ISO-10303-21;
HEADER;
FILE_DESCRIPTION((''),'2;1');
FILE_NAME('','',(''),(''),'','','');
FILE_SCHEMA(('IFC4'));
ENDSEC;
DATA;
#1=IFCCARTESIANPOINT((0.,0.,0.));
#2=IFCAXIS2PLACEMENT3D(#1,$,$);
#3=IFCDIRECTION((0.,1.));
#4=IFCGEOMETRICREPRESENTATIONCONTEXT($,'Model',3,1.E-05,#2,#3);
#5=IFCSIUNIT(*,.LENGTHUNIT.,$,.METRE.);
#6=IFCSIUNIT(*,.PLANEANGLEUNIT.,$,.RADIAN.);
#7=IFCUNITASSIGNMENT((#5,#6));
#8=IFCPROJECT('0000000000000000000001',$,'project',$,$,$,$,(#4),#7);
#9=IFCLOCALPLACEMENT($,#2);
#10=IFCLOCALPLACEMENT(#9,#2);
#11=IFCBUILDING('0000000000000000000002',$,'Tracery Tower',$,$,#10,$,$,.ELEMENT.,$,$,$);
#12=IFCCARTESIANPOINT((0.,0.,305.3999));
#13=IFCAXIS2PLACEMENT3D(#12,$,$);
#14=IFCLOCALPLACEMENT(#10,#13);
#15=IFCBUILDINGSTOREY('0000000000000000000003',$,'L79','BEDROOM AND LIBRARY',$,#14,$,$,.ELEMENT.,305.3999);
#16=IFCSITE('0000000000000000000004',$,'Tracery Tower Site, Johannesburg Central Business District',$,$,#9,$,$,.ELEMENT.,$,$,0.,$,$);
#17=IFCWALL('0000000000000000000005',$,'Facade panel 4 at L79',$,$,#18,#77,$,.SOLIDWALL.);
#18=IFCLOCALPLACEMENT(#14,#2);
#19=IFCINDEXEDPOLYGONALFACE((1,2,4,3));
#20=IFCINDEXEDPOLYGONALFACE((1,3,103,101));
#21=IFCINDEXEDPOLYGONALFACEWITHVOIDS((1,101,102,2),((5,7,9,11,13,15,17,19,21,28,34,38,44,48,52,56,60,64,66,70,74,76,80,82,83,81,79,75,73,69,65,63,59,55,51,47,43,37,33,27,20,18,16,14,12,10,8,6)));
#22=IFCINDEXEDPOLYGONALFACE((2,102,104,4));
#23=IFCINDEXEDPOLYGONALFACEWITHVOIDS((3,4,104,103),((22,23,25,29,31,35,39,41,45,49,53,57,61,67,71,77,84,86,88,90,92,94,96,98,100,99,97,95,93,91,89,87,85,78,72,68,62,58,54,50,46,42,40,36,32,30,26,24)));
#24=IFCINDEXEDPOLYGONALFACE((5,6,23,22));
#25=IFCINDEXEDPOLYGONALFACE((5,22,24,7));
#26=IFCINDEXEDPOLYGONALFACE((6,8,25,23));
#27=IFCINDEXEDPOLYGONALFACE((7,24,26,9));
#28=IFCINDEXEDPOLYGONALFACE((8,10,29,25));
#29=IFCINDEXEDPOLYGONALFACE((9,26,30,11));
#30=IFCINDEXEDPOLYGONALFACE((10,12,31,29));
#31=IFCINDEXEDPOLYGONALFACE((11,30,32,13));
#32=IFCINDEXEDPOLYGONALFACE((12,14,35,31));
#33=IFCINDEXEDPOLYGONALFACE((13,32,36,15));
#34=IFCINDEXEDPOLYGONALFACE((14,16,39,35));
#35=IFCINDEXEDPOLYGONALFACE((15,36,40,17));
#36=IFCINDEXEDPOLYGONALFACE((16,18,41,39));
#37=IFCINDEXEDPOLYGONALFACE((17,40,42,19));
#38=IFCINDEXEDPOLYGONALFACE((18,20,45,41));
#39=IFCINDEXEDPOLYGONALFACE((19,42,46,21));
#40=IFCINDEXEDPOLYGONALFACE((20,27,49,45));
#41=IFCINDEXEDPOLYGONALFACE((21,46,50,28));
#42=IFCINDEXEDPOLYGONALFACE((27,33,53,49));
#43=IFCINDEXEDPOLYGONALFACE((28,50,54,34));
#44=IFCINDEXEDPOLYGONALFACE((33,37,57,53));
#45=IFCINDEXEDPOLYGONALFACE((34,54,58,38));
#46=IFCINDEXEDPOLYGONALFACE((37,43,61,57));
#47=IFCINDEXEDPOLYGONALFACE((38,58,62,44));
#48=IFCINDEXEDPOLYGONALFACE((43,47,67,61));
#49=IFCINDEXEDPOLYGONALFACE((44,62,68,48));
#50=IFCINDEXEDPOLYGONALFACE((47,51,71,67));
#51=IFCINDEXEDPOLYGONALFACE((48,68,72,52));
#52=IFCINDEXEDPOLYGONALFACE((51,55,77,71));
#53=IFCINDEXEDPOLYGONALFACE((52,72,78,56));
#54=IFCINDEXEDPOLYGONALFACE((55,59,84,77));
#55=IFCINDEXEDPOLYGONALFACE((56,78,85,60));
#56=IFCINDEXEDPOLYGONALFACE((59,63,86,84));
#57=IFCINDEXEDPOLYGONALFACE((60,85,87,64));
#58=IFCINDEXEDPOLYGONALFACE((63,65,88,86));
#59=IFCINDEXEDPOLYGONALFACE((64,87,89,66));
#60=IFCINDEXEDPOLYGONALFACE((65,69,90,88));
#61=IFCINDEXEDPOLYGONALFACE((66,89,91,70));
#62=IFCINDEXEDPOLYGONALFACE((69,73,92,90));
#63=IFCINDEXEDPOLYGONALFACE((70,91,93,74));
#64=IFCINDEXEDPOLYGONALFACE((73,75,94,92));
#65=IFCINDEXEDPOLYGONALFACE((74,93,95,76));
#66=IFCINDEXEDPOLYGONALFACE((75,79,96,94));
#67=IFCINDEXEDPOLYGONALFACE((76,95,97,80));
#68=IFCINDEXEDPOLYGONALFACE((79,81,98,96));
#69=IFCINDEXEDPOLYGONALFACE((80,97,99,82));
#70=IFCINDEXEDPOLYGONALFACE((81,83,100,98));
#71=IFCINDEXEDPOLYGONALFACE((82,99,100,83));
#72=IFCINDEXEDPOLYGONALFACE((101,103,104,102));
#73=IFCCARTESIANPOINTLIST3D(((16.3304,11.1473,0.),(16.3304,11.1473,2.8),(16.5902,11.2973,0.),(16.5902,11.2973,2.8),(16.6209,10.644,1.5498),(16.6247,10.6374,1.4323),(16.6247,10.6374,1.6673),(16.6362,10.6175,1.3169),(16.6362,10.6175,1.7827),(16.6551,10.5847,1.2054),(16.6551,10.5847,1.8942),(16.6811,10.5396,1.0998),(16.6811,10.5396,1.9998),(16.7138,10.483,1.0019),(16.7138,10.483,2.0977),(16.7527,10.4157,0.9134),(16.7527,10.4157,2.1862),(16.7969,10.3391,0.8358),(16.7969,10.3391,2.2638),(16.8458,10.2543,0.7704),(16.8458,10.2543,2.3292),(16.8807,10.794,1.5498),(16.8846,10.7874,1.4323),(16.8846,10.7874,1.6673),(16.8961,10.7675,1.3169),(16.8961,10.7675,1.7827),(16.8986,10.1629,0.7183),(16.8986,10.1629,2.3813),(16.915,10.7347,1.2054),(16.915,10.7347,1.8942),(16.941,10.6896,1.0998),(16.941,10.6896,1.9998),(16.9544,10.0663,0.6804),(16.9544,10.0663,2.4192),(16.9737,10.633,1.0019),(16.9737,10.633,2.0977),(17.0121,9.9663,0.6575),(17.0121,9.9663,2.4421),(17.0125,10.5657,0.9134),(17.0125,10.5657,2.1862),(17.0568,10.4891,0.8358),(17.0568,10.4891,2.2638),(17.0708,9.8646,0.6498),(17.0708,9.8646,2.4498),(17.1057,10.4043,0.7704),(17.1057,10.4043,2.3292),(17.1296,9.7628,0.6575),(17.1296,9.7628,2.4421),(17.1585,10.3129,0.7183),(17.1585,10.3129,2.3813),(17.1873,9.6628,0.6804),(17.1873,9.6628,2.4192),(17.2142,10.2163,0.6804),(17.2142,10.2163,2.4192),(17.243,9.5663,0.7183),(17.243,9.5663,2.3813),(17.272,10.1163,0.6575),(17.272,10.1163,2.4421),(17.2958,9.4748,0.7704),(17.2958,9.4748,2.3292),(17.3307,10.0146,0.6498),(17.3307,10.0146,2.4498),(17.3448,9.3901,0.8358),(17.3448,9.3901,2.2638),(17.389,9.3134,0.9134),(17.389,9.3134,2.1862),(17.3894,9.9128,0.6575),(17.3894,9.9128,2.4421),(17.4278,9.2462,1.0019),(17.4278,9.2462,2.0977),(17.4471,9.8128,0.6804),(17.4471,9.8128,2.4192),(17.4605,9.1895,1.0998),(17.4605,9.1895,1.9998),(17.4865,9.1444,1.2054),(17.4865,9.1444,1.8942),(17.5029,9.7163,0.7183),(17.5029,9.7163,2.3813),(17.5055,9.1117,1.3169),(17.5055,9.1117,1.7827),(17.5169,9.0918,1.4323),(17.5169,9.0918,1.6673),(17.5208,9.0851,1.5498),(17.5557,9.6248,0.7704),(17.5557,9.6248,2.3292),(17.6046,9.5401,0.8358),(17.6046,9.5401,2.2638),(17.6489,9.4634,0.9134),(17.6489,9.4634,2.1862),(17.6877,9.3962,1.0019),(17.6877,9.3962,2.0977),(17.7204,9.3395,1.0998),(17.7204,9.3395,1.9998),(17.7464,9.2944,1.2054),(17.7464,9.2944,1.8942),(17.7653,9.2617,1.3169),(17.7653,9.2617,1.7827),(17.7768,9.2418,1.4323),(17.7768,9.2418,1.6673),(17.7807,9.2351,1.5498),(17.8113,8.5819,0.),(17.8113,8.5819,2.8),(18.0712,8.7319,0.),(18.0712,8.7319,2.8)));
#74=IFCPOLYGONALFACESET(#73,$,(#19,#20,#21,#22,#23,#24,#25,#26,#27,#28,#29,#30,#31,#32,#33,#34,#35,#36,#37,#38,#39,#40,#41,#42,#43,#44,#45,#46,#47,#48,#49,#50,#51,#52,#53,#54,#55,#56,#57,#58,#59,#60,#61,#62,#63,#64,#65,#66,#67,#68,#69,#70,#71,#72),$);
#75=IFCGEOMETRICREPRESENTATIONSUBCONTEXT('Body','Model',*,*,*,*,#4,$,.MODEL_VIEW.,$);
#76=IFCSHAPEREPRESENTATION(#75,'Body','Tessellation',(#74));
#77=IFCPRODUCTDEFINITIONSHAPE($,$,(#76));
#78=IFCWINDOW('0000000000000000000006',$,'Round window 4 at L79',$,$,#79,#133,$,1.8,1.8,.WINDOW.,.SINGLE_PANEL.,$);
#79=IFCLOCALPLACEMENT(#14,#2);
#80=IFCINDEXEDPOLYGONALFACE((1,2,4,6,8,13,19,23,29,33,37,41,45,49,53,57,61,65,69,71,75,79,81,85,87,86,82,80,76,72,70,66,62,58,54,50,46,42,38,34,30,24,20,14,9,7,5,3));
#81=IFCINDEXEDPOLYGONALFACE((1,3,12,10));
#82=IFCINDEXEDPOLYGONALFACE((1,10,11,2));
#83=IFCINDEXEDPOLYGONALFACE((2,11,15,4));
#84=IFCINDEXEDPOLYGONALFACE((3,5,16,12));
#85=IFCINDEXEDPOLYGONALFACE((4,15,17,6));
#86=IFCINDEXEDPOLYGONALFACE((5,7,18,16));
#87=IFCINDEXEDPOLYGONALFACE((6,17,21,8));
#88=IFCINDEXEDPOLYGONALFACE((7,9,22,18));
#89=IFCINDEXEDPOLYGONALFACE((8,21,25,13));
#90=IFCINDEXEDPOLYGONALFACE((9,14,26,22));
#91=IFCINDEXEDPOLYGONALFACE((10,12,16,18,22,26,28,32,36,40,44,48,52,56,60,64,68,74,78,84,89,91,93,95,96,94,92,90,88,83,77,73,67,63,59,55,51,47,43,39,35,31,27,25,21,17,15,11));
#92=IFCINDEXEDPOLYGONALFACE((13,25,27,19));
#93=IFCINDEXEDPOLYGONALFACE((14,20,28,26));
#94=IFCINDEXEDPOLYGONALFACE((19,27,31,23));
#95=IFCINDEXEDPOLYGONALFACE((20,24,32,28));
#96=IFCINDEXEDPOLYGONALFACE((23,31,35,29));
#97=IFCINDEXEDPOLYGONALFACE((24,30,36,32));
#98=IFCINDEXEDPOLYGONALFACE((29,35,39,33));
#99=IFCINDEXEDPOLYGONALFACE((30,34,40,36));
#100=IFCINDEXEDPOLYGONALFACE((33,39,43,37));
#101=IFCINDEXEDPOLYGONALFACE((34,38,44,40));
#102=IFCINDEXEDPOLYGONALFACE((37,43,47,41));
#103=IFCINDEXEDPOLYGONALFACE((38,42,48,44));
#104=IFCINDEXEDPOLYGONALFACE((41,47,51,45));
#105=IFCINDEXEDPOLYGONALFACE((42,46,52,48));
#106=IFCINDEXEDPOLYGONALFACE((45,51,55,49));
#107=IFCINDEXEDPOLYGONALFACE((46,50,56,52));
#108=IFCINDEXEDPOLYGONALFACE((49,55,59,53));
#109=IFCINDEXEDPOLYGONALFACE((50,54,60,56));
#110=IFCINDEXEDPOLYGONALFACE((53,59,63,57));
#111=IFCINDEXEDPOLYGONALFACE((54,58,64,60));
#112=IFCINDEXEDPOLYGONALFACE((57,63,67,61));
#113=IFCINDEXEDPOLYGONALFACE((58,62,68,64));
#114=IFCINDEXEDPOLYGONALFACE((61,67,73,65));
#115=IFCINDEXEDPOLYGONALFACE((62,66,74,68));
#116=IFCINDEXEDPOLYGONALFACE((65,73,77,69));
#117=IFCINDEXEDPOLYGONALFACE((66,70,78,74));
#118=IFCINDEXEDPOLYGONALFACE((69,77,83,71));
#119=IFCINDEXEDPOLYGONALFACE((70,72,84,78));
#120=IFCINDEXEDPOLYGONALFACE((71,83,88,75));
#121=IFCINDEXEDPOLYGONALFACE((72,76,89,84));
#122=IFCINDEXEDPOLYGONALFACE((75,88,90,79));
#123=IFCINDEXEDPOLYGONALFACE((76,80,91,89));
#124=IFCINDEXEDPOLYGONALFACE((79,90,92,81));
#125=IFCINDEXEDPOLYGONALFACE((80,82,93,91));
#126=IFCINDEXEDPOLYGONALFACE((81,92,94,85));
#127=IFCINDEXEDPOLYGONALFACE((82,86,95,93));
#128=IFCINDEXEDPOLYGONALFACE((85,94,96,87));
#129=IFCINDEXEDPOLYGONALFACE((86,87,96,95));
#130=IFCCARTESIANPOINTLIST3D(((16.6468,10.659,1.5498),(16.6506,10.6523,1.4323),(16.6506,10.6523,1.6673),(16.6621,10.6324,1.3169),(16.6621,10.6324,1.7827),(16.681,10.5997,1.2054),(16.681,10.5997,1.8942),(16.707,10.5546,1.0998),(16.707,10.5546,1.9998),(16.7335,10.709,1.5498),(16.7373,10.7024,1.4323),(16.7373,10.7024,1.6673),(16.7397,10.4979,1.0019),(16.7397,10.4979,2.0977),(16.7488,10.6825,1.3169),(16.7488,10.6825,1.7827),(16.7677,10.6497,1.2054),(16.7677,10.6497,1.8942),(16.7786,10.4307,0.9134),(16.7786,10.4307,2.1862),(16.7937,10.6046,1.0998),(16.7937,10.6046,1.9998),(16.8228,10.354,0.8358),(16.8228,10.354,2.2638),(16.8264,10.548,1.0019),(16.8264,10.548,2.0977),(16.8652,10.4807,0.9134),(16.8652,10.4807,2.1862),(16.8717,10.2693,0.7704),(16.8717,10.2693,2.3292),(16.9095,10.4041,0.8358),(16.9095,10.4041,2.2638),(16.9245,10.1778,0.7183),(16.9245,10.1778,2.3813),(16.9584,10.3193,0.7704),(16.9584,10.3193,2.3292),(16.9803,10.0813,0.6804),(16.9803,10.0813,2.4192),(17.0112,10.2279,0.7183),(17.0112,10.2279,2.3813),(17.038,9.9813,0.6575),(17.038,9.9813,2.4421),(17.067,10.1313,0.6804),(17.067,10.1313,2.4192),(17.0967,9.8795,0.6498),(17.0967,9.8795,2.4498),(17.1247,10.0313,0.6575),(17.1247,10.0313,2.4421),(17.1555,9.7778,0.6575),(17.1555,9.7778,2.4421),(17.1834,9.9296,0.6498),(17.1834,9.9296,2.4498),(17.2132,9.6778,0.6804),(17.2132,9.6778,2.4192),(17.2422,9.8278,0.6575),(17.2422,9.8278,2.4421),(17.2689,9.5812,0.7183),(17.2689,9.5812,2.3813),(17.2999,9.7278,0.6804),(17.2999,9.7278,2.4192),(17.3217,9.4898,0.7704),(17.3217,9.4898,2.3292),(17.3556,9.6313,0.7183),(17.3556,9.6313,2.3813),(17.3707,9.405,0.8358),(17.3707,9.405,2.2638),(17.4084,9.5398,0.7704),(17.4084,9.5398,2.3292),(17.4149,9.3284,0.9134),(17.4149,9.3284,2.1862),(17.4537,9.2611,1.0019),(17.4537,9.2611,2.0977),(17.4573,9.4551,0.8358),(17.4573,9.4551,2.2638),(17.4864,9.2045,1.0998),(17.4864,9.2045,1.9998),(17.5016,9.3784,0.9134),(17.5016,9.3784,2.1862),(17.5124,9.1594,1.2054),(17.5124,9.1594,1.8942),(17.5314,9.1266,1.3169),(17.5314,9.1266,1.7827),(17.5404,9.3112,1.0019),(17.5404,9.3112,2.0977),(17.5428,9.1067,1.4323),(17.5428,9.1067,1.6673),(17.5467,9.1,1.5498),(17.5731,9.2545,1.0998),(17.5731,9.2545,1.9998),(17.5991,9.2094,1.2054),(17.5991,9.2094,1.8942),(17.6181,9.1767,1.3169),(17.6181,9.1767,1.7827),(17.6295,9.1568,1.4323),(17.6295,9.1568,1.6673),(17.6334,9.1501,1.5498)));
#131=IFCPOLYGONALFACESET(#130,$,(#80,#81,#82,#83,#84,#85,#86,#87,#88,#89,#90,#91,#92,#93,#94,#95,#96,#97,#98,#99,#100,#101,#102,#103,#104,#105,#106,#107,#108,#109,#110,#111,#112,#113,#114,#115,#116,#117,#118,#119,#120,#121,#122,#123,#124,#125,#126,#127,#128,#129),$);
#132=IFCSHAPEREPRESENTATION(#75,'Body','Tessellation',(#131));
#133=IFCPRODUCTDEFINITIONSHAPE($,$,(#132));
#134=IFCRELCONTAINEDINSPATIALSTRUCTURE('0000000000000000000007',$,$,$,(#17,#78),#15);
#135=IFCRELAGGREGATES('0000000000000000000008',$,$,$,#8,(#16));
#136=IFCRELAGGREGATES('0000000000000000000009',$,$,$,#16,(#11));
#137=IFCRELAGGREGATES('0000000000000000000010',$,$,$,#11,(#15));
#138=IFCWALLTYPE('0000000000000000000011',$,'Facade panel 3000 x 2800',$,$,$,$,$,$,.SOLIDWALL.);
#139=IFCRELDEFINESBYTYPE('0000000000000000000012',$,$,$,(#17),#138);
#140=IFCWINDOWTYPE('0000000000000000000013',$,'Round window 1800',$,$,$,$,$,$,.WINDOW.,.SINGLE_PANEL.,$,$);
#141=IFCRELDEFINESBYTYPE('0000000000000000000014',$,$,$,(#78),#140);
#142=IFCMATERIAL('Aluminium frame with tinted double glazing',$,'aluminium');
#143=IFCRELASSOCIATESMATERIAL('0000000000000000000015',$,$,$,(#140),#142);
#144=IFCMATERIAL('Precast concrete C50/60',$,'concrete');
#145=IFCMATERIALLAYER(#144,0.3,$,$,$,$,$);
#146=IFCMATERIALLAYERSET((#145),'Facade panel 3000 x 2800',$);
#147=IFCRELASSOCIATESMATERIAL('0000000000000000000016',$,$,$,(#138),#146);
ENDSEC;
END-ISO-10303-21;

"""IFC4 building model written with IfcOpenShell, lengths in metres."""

from ifc_helpers import new_model, si_unit, direction, frame, frame_2d, origin, origin_2d, place, context, subcontext, project, spatial, rectangle, circle, extrude, material, layer, layer_set, type_object, element, fill, save


model = new_model("IFC4")

# Units and contexts
model_context = context("Model", 3, precision=1e-05, world=origin(), true_north=direction((0.0, 1.0)))
body_context = subcontext(model_context, "Body", "Model", "MODEL_VIEW")
ifc_project = project(units=[si_unit("LENGTHUNIT", "METRE"), si_unit("PLANEANGLEUNIT", "RADIAN")], contexts=[model_context])

# Site, building, storey
site_placement = place(None, origin())
site = spatial("IfcSite", under=ifc_project, at=site_placement, Name="Tracery Tower Site, Johannesburg Central Business District", CompositionType="ELEMENT", RefElevation=0.0)
building_placement = place(site_placement, origin())
building = spatial("IfcBuilding", under=site, at=building_placement, Name="Tracery Tower", CompositionType="ELEMENT")
storey_placement = place(building_placement, frame((0.0, 0.0, 305.3999)))
storey = spatial("IfcBuildingStorey", under=building, at=storey_placement, Name="L79", Description="BEDROOM AND LIBRARY", CompositionType="ELEMENT", Elevation=305.3999)

# Wall, opening, window
ifc_material_1 = material(Name="Aluminium frame with tinted double glazing", Category="aluminium")
window_type = type_object("IfcWindowType", Name="Round window 1800", PartitioningType="SINGLE_PANEL", PredefinedType="WINDOW", material=ifc_material_1)
ifc_material_2 = material(Name="Precast concrete C50/60", Category="concrete")
ifc_layer_1 = layer(ifc_material_2, 0.3)
ifc_layer_set_1 = layer_set([ifc_layer_1], Name="Facade panel 3000 x 2800")
wall_type_1 = type_object("IfcWallType", Name="Facade panel 3000 x 2800", PredefinedType="SOLIDWALL", material=ifc_layer_set_1)
wall_1_placement = place(storey_placement, frame((17.9412, 8.657, 0.0), z_axis=(0.0, 0.0, 1.0), x_axis=(-0.499951, 0.866054, 0.0)))
wall_1 = element("IfcWall", 1, at=wall_1_placement, inside=storey, type_object=wall_type_1, Name="Facade panel 4 at L79", PredefinedType="SOLIDWALL", context=body_context, shape_type="SweptSolid", body=[
    extrude(rectangle(XDim=2.9622, YDim=0.3, at=frame_2d((1.481, 0.0))), origin(), (0.0, 0.0, 1.0), 2.8),
])
opening_1_placement = place(wall_1_placement, frame((1.481, 0.0, 1.5498)))
opening_1 = element("IfcOpeningElement", 2, at=opening_1_placement, cuts=wall_1, PredefinedType="OPENING", context=body_context, shape_type="SweptSolid", body=[
    extrude(circle(Radius=0.9, at=origin_2d()), frame((0.0, 0.1599, 0.0), z_axis=(0.0, -1.0, 0.0), x_axis=(1.0, 0.0, 0.0)), (0.0, 0.0, 1.0), 0.3201),
])
window_1_placement = place(opening_1_placement, origin())
window_1 = element("IfcWindow", 3, at=window_1_placement, inside=storey, type_object=window_type, Name="Round window 4 at L79", OverallHeight=1.8, OverallWidth=1.8, PartitioningType="SINGLE_PANEL", PredefinedType="WINDOW", context=body_context, shape_type="SweptSolid", body=[
    extrude(circle(Radius=0.9, at=origin_2d()), frame((0.0, 0.1201, 0.0), z_axis=(0.0, -1.0, 0.0), x_axis=(1.0, 0.0, 0.0)), (0.0, 0.0, 1.0), 0.1001),
])
fill(opening_1, window_1)

save(model, "model.ifc")
